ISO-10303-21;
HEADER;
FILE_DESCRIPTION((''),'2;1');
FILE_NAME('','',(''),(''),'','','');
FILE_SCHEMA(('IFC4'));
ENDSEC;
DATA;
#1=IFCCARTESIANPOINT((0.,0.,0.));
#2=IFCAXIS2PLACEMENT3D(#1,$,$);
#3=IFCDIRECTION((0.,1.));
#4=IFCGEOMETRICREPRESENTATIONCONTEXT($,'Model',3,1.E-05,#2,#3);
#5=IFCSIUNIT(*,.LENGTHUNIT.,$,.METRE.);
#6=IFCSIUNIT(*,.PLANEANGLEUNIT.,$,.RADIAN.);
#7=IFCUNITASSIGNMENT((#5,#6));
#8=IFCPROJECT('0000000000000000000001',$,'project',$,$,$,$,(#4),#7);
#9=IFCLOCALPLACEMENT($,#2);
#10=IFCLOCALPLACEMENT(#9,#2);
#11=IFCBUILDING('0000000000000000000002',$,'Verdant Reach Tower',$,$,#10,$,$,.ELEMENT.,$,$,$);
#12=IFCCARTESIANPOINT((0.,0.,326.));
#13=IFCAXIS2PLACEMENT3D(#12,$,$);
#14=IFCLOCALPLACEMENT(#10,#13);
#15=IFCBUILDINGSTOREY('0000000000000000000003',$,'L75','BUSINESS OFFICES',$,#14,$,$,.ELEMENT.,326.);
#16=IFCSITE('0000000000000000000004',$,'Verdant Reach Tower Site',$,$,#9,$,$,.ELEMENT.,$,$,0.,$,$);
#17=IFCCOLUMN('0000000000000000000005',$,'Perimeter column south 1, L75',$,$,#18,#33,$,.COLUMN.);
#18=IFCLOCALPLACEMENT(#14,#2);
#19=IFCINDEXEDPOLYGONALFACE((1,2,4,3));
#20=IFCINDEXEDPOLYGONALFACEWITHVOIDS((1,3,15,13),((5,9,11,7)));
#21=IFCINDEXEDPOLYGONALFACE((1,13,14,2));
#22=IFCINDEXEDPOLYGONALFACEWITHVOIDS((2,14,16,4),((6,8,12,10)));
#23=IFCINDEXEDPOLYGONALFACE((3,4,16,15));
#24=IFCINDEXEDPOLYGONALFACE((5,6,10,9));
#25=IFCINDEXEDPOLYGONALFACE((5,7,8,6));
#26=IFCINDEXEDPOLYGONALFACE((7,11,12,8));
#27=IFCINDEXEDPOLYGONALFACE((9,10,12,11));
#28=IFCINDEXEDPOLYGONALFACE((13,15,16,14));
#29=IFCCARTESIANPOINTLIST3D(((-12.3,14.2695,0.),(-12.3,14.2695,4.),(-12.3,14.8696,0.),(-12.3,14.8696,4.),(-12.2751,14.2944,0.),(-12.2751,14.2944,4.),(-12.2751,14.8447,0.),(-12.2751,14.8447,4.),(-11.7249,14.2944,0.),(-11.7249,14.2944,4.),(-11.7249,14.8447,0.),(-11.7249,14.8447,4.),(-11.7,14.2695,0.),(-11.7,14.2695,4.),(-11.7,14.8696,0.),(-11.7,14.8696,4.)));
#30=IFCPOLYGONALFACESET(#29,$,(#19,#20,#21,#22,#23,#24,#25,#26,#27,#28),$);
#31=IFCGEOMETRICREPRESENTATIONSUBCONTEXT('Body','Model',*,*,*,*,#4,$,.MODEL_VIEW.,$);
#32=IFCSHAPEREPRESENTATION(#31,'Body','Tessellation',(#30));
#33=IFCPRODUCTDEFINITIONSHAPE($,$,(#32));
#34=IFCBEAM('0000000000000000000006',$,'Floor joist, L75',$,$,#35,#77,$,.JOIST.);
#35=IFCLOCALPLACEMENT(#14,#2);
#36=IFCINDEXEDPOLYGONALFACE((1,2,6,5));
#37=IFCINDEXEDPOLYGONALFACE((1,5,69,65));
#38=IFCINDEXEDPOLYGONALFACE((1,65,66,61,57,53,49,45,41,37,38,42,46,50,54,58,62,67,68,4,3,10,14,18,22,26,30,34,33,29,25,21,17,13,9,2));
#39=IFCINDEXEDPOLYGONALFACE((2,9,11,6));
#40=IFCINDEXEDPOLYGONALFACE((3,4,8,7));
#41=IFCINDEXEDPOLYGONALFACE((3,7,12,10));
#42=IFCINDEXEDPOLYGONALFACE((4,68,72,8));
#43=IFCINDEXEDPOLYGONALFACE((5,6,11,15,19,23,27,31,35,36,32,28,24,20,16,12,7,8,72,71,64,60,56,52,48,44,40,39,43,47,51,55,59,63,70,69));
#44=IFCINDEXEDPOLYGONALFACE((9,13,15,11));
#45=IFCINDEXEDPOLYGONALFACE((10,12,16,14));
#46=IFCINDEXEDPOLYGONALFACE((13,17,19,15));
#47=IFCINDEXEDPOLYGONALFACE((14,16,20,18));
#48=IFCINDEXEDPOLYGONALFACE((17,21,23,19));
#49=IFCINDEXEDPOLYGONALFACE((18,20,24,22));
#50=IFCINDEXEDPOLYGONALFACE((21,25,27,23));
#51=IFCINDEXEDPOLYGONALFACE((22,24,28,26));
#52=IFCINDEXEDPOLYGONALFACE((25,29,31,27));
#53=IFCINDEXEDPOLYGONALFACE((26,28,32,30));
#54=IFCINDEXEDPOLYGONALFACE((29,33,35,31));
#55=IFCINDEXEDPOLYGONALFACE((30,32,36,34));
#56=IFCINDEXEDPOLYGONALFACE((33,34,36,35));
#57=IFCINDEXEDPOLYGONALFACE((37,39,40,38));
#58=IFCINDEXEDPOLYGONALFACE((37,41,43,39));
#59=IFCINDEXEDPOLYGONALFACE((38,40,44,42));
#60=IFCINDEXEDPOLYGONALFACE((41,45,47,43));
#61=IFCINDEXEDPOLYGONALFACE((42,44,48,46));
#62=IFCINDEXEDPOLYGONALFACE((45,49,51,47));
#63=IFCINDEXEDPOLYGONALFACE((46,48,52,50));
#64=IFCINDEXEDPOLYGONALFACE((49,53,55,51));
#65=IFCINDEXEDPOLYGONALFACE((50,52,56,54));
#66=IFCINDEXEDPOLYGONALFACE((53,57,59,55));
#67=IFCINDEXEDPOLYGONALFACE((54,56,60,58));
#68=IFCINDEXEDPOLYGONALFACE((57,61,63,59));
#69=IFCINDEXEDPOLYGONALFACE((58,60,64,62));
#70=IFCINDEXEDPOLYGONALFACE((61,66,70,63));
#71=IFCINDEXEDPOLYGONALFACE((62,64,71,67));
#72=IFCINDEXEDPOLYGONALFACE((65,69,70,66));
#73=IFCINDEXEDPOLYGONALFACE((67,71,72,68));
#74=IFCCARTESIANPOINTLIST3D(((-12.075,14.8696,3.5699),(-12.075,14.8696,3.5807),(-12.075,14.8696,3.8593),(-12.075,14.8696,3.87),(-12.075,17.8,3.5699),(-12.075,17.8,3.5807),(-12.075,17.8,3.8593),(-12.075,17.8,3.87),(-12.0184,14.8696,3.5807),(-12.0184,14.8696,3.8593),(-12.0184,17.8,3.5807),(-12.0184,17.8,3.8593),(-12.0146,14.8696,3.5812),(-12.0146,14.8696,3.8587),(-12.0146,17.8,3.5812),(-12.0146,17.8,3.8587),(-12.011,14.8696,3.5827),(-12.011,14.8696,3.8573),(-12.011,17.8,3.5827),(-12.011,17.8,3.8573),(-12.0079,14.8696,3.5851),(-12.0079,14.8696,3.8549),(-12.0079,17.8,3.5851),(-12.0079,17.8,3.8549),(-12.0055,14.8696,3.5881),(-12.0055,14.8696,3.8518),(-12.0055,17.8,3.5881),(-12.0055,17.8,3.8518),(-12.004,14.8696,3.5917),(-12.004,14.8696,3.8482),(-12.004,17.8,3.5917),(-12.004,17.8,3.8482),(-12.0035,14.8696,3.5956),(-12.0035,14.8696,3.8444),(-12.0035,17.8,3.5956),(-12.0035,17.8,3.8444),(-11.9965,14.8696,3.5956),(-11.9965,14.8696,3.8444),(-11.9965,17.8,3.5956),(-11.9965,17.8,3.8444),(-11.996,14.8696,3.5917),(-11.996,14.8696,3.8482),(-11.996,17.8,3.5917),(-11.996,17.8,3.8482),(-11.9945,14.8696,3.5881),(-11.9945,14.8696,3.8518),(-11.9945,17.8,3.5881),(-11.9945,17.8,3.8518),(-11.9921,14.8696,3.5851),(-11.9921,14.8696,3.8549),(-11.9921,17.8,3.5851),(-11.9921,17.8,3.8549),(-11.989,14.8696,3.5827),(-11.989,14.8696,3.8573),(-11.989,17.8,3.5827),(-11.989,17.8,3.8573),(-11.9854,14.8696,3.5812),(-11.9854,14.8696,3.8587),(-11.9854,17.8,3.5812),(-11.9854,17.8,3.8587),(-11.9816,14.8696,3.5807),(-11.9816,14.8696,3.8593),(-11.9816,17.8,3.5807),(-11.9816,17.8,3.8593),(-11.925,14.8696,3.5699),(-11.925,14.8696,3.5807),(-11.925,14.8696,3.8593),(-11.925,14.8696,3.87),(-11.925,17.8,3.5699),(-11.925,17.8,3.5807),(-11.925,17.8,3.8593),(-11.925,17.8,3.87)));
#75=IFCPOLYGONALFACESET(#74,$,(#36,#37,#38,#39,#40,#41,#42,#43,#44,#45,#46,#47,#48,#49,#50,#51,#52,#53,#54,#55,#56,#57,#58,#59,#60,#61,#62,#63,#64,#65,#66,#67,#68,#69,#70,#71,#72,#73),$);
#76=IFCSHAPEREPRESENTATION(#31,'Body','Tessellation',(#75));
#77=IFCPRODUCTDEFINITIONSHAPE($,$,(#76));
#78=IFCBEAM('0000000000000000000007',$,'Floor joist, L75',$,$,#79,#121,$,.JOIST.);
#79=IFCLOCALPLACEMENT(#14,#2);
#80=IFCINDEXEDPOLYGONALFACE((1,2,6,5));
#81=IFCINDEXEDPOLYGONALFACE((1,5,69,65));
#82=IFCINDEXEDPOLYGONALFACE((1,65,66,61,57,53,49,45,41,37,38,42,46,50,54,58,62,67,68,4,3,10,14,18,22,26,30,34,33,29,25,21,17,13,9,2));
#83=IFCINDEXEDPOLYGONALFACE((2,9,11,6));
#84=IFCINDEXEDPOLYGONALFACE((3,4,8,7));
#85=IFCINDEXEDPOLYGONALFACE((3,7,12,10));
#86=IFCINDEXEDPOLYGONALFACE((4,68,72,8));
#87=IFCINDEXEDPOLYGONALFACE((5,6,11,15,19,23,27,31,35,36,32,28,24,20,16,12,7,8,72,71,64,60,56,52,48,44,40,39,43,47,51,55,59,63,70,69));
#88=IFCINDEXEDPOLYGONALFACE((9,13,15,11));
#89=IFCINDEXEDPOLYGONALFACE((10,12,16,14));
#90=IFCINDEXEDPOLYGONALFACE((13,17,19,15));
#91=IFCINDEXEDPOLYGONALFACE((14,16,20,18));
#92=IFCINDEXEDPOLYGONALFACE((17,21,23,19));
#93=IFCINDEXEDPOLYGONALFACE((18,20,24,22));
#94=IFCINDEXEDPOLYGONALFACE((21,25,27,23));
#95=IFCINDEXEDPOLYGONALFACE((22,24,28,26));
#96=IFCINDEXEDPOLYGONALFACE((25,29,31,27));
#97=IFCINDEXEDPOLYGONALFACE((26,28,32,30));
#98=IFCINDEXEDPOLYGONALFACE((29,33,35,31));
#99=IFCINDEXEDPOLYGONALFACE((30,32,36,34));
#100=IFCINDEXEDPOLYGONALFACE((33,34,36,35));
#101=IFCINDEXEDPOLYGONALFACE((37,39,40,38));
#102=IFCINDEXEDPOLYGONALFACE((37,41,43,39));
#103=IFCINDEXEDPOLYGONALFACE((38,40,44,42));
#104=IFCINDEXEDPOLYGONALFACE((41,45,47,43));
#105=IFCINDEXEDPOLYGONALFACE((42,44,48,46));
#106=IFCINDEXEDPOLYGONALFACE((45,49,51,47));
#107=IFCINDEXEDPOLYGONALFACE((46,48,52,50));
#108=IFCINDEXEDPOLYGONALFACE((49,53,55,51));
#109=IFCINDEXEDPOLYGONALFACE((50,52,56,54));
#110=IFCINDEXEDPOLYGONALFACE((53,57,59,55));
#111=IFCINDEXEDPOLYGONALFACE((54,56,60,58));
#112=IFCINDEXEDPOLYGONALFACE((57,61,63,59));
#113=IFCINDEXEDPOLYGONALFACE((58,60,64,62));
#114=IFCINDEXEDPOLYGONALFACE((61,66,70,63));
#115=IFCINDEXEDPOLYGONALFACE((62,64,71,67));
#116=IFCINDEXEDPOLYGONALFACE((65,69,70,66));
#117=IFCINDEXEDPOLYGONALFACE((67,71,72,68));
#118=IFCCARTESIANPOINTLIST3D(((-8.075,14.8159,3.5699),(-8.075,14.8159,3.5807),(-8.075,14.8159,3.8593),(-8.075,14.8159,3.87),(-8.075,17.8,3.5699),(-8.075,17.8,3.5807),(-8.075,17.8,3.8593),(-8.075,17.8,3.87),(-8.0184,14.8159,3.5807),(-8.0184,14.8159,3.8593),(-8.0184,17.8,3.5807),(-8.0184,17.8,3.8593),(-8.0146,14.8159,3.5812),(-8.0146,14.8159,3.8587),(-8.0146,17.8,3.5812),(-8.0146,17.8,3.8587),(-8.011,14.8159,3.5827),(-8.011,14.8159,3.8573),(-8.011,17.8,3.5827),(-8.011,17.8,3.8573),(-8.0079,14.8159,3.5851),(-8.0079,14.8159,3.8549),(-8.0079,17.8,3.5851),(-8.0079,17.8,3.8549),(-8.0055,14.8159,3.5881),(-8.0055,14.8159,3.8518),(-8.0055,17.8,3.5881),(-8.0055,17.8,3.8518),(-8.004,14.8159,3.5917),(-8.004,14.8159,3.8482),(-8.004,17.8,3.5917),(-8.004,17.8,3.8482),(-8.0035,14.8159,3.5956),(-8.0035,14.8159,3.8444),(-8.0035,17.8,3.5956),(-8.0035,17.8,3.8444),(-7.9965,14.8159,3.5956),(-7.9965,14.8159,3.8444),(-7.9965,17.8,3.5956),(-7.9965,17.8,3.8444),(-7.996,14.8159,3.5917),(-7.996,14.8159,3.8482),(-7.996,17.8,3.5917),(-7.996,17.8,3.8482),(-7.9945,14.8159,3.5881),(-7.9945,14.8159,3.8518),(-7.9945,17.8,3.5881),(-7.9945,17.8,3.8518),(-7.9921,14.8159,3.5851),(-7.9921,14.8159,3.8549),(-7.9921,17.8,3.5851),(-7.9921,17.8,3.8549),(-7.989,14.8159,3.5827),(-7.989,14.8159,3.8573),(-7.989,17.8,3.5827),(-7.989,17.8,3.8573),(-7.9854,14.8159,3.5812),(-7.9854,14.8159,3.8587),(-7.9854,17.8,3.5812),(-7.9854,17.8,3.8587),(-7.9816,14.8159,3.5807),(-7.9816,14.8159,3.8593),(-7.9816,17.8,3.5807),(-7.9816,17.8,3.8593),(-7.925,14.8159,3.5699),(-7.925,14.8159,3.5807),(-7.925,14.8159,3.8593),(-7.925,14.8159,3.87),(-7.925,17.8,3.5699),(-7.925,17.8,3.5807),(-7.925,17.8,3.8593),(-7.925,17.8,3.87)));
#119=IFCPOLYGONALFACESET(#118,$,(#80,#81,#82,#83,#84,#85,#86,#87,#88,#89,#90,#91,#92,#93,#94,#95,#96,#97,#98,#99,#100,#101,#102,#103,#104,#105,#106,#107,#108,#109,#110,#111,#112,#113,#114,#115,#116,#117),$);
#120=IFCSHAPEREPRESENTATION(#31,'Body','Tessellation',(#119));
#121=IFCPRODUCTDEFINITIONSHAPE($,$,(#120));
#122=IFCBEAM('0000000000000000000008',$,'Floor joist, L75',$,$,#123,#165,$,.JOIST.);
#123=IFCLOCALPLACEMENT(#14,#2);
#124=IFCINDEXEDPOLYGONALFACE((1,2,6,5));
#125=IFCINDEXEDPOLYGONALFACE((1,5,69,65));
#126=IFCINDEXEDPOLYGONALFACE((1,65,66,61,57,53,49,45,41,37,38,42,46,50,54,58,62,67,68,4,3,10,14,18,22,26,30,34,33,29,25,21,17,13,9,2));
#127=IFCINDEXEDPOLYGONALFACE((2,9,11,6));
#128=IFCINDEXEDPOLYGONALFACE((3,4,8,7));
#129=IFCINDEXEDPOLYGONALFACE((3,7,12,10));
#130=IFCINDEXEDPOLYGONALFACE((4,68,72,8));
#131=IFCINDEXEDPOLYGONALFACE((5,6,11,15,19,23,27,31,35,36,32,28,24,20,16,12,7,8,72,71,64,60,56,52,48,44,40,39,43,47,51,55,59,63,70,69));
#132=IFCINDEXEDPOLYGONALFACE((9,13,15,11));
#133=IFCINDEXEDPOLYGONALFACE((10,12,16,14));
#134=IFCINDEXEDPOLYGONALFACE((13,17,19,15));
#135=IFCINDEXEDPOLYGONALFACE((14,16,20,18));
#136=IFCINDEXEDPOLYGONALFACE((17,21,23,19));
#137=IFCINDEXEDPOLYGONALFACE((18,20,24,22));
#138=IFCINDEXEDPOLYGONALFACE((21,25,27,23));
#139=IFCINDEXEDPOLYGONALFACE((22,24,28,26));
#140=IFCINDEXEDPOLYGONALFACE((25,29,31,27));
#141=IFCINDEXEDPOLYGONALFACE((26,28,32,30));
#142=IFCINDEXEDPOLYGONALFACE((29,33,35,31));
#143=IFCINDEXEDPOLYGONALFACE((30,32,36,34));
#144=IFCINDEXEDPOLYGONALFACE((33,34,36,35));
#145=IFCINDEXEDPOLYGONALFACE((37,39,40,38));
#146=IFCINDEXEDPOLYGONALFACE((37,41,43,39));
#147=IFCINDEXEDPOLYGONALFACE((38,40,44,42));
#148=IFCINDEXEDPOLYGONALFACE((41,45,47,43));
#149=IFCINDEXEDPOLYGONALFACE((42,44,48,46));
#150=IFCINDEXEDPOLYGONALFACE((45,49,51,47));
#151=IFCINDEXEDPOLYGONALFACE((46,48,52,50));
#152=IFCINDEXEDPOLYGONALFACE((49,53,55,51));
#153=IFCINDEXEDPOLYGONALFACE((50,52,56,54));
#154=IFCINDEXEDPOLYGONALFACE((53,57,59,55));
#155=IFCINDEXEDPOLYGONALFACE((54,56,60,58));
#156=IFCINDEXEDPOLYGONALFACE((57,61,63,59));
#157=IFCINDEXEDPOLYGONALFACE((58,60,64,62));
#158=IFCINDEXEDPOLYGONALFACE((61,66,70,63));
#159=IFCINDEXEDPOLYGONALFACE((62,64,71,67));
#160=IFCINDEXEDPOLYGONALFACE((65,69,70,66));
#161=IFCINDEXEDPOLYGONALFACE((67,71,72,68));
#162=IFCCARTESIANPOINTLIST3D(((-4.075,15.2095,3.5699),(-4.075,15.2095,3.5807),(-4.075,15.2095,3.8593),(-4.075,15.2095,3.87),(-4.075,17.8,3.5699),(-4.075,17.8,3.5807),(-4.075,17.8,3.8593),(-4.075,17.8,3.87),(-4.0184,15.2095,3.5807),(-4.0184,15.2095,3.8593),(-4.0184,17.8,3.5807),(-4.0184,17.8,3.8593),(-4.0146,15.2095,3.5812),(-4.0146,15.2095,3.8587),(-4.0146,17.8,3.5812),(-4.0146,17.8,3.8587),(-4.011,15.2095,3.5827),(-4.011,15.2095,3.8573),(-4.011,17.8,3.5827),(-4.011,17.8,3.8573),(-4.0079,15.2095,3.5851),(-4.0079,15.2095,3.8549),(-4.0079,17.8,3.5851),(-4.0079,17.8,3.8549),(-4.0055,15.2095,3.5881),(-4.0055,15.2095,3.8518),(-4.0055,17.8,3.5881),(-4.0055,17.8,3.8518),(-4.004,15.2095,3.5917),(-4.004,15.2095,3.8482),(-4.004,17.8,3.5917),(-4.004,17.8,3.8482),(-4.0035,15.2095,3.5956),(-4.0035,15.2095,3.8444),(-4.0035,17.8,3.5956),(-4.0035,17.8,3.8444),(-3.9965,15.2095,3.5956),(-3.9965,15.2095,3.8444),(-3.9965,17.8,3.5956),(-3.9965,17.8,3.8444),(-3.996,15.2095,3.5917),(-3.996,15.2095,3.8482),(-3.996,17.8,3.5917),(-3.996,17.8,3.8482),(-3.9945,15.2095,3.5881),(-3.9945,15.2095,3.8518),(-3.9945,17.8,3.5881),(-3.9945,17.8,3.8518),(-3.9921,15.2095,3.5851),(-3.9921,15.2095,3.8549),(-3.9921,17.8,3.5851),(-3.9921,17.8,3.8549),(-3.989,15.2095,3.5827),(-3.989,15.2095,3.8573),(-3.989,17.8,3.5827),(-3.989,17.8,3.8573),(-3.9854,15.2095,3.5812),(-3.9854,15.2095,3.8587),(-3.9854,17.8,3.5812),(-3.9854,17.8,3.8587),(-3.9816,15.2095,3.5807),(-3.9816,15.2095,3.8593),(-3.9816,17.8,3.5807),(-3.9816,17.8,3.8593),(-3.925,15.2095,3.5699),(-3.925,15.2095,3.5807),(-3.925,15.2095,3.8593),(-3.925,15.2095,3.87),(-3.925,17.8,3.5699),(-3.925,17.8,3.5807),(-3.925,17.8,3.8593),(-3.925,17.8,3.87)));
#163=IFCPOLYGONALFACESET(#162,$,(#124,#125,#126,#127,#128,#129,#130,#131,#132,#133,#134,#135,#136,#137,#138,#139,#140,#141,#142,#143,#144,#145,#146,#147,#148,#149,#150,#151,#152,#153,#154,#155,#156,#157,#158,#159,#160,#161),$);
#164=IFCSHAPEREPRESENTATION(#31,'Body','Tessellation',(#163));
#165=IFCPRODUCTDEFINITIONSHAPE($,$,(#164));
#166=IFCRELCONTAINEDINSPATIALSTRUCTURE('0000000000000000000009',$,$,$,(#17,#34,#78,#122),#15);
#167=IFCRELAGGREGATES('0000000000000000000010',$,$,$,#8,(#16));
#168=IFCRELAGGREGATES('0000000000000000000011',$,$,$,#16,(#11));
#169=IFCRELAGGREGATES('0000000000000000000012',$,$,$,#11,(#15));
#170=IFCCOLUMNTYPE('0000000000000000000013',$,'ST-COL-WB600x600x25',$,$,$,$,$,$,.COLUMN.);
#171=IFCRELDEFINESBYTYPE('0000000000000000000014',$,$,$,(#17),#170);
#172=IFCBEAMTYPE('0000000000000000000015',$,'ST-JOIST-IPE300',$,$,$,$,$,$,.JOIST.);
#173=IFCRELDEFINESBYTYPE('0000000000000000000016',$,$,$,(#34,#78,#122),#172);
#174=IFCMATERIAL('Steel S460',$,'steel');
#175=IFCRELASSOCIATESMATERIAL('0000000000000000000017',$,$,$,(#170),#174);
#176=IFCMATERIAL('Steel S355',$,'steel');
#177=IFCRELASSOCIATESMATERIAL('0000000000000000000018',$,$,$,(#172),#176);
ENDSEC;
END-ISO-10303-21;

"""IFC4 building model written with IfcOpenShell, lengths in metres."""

from ifc_helpers import new_model, si_unit, direction, frame, origin, origin_2d, place, context, subcontext, project, spatial, hollow_rectangle, i_section, extrude, material, material_profile, profile_set, type_object, element, save


model = new_model("IFC4")

# Units and contexts
model_context = context("Model", 3, precision=1e-05, world=origin(), true_north=direction((0.0, 1.0)))
body_context = subcontext(model_context, "Body", "Model", "MODEL_VIEW")
ifc_project = project(units=[si_unit("LENGTHUNIT", "METRE"), si_unit("PLANEANGLEUNIT", "RADIAN")], contexts=[model_context])

# Site, building, storey
site_placement = place(None, origin())
site = spatial("IfcSite", under=ifc_project, at=site_placement, Name="Verdant Reach Tower Site", CompositionType="ELEMENT", RefElevation=0.0)
building_placement = place(site_placement, origin())
building = spatial("IfcBuilding", under=site, at=building_placement, Name="Verdant Reach Tower", CompositionType="ELEMENT")
storey_placement = place(building_placement, frame((0.0, 0.0, 326.0)))
storey = spatial("IfcBuildingStorey", under=building, at=storey_placement, Name="L75", Description="BUSINESS OFFICES", CompositionType="ELEMENT", Elevation=326.0)

# Column
ifc_material_1 = material(Name="Steel S460", Category="steel")
ifc_material_profile_1 = material_profile(ifc_material_1, hollow_rectangle(XDim=0.6001, YDim=0.6001, WallThickness=0.0249, at=origin_2d()), Name="WB 600x600x25")
ifc_profile_set_1 = profile_set([ifc_material_profile_1], Name="Steel S460")
column_type = type_object("IfcColumnType", Name="ST-COL-WB600x600x25", PredefinedType="COLUMN", material=ifc_profile_set_1)
column_placement = place(storey_placement, frame((-12.0, 14.5696, 0.0), z_axis=(0.0, 0.0, 1.0), x_axis=(1.0, 0.0, 0.0)))
element("IfcColumn", 1, at=column_placement, inside=storey, type_object=column_type, Name="Perimeter column south 1, L75", PredefinedType="COLUMN", context=body_context, shape_type="SweptSolid", body=[
    extrude(hollow_rectangle(XDim=0.6001, YDim=0.6001, WallThickness=0.0249, at=origin_2d()), origin(), (0.0, 0.0, 1.0), 4.0),
])

# Beams
ifc_material_2 = material(Name="Steel S355", Category="steel")
ifc_material_profile_2 = material_profile(ifc_material_2, i_section(OverallWidth=0.1499, OverallDepth=0.3, WebThickness=0.0071, FlangeThickness=0.0107, FilletRadius=0.0149, at=origin_2d()), Name="IPE 300")
ifc_profile_set_2 = profile_set([ifc_material_profile_2], Name="Steel S355")
beam_type_1 = type_object("IfcBeamType", Name="ST-JOIST-IPE300", PredefinedType="JOIST", material=ifc_profile_set_2)
beam_1_placement = place(storey_placement, frame((-12.0, 17.8, 3.72), z_axis=(0.0, -1.0, 0.0), x_axis=(1.0, 0.0, 0.0)))
element("IfcBeam", 2, at=beam_1_placement, inside=storey, type_object=beam_type_1, Name="Floor joist, L75", PredefinedType="JOIST", context=body_context, shape_type="SweptSolid", body=[
    extrude(i_section(OverallWidth=0.1499, OverallDepth=0.3, WebThickness=0.0071, FlangeThickness=0.0107, FilletRadius=0.0149, at=origin_2d()), origin(), (0.0, 0.0, 1.0), 2.9304),
])
beam_2_placement = place(storey_placement, frame((-8.0, 17.8, 3.72), z_axis=(0.0, -1.0, 0.0), x_axis=(1.0, 0.0, 0.0)))
element("IfcBeam", 3, at=beam_2_placement, inside=storey, type_object=beam_type_1, Name="Floor joist, L75", PredefinedType="JOIST", context=body_context, shape_type="SweptSolid", body=[
    extrude(i_section(OverallWidth=0.1499, OverallDepth=0.3, WebThickness=0.0071, FlangeThickness=0.0107, FilletRadius=0.0149, at=origin_2d()), origin(), (0.0, 0.0, 1.0), 2.9841),
])
beam_3_placement = place(storey_placement, frame((-4.0, 17.8, 3.72), z_axis=(0.0, -1.0, 0.0), x_axis=(1.0, 0.0, 0.0)))
element("IfcBeam", 4, at=beam_3_placement, inside=storey, type_object=beam_type_1, Name="Floor joist, L75", PredefinedType="JOIST", context=body_context, shape_type="SweptSolid", body=[
    extrude(i_section(OverallWidth=0.1499, OverallDepth=0.3, WebThickness=0.0071, FlangeThickness=0.0107, FilletRadius=0.0149, at=origin_2d()), origin(), (0.0, 0.0, 1.0), 2.5906),
])

save(model, "model.ifc")
